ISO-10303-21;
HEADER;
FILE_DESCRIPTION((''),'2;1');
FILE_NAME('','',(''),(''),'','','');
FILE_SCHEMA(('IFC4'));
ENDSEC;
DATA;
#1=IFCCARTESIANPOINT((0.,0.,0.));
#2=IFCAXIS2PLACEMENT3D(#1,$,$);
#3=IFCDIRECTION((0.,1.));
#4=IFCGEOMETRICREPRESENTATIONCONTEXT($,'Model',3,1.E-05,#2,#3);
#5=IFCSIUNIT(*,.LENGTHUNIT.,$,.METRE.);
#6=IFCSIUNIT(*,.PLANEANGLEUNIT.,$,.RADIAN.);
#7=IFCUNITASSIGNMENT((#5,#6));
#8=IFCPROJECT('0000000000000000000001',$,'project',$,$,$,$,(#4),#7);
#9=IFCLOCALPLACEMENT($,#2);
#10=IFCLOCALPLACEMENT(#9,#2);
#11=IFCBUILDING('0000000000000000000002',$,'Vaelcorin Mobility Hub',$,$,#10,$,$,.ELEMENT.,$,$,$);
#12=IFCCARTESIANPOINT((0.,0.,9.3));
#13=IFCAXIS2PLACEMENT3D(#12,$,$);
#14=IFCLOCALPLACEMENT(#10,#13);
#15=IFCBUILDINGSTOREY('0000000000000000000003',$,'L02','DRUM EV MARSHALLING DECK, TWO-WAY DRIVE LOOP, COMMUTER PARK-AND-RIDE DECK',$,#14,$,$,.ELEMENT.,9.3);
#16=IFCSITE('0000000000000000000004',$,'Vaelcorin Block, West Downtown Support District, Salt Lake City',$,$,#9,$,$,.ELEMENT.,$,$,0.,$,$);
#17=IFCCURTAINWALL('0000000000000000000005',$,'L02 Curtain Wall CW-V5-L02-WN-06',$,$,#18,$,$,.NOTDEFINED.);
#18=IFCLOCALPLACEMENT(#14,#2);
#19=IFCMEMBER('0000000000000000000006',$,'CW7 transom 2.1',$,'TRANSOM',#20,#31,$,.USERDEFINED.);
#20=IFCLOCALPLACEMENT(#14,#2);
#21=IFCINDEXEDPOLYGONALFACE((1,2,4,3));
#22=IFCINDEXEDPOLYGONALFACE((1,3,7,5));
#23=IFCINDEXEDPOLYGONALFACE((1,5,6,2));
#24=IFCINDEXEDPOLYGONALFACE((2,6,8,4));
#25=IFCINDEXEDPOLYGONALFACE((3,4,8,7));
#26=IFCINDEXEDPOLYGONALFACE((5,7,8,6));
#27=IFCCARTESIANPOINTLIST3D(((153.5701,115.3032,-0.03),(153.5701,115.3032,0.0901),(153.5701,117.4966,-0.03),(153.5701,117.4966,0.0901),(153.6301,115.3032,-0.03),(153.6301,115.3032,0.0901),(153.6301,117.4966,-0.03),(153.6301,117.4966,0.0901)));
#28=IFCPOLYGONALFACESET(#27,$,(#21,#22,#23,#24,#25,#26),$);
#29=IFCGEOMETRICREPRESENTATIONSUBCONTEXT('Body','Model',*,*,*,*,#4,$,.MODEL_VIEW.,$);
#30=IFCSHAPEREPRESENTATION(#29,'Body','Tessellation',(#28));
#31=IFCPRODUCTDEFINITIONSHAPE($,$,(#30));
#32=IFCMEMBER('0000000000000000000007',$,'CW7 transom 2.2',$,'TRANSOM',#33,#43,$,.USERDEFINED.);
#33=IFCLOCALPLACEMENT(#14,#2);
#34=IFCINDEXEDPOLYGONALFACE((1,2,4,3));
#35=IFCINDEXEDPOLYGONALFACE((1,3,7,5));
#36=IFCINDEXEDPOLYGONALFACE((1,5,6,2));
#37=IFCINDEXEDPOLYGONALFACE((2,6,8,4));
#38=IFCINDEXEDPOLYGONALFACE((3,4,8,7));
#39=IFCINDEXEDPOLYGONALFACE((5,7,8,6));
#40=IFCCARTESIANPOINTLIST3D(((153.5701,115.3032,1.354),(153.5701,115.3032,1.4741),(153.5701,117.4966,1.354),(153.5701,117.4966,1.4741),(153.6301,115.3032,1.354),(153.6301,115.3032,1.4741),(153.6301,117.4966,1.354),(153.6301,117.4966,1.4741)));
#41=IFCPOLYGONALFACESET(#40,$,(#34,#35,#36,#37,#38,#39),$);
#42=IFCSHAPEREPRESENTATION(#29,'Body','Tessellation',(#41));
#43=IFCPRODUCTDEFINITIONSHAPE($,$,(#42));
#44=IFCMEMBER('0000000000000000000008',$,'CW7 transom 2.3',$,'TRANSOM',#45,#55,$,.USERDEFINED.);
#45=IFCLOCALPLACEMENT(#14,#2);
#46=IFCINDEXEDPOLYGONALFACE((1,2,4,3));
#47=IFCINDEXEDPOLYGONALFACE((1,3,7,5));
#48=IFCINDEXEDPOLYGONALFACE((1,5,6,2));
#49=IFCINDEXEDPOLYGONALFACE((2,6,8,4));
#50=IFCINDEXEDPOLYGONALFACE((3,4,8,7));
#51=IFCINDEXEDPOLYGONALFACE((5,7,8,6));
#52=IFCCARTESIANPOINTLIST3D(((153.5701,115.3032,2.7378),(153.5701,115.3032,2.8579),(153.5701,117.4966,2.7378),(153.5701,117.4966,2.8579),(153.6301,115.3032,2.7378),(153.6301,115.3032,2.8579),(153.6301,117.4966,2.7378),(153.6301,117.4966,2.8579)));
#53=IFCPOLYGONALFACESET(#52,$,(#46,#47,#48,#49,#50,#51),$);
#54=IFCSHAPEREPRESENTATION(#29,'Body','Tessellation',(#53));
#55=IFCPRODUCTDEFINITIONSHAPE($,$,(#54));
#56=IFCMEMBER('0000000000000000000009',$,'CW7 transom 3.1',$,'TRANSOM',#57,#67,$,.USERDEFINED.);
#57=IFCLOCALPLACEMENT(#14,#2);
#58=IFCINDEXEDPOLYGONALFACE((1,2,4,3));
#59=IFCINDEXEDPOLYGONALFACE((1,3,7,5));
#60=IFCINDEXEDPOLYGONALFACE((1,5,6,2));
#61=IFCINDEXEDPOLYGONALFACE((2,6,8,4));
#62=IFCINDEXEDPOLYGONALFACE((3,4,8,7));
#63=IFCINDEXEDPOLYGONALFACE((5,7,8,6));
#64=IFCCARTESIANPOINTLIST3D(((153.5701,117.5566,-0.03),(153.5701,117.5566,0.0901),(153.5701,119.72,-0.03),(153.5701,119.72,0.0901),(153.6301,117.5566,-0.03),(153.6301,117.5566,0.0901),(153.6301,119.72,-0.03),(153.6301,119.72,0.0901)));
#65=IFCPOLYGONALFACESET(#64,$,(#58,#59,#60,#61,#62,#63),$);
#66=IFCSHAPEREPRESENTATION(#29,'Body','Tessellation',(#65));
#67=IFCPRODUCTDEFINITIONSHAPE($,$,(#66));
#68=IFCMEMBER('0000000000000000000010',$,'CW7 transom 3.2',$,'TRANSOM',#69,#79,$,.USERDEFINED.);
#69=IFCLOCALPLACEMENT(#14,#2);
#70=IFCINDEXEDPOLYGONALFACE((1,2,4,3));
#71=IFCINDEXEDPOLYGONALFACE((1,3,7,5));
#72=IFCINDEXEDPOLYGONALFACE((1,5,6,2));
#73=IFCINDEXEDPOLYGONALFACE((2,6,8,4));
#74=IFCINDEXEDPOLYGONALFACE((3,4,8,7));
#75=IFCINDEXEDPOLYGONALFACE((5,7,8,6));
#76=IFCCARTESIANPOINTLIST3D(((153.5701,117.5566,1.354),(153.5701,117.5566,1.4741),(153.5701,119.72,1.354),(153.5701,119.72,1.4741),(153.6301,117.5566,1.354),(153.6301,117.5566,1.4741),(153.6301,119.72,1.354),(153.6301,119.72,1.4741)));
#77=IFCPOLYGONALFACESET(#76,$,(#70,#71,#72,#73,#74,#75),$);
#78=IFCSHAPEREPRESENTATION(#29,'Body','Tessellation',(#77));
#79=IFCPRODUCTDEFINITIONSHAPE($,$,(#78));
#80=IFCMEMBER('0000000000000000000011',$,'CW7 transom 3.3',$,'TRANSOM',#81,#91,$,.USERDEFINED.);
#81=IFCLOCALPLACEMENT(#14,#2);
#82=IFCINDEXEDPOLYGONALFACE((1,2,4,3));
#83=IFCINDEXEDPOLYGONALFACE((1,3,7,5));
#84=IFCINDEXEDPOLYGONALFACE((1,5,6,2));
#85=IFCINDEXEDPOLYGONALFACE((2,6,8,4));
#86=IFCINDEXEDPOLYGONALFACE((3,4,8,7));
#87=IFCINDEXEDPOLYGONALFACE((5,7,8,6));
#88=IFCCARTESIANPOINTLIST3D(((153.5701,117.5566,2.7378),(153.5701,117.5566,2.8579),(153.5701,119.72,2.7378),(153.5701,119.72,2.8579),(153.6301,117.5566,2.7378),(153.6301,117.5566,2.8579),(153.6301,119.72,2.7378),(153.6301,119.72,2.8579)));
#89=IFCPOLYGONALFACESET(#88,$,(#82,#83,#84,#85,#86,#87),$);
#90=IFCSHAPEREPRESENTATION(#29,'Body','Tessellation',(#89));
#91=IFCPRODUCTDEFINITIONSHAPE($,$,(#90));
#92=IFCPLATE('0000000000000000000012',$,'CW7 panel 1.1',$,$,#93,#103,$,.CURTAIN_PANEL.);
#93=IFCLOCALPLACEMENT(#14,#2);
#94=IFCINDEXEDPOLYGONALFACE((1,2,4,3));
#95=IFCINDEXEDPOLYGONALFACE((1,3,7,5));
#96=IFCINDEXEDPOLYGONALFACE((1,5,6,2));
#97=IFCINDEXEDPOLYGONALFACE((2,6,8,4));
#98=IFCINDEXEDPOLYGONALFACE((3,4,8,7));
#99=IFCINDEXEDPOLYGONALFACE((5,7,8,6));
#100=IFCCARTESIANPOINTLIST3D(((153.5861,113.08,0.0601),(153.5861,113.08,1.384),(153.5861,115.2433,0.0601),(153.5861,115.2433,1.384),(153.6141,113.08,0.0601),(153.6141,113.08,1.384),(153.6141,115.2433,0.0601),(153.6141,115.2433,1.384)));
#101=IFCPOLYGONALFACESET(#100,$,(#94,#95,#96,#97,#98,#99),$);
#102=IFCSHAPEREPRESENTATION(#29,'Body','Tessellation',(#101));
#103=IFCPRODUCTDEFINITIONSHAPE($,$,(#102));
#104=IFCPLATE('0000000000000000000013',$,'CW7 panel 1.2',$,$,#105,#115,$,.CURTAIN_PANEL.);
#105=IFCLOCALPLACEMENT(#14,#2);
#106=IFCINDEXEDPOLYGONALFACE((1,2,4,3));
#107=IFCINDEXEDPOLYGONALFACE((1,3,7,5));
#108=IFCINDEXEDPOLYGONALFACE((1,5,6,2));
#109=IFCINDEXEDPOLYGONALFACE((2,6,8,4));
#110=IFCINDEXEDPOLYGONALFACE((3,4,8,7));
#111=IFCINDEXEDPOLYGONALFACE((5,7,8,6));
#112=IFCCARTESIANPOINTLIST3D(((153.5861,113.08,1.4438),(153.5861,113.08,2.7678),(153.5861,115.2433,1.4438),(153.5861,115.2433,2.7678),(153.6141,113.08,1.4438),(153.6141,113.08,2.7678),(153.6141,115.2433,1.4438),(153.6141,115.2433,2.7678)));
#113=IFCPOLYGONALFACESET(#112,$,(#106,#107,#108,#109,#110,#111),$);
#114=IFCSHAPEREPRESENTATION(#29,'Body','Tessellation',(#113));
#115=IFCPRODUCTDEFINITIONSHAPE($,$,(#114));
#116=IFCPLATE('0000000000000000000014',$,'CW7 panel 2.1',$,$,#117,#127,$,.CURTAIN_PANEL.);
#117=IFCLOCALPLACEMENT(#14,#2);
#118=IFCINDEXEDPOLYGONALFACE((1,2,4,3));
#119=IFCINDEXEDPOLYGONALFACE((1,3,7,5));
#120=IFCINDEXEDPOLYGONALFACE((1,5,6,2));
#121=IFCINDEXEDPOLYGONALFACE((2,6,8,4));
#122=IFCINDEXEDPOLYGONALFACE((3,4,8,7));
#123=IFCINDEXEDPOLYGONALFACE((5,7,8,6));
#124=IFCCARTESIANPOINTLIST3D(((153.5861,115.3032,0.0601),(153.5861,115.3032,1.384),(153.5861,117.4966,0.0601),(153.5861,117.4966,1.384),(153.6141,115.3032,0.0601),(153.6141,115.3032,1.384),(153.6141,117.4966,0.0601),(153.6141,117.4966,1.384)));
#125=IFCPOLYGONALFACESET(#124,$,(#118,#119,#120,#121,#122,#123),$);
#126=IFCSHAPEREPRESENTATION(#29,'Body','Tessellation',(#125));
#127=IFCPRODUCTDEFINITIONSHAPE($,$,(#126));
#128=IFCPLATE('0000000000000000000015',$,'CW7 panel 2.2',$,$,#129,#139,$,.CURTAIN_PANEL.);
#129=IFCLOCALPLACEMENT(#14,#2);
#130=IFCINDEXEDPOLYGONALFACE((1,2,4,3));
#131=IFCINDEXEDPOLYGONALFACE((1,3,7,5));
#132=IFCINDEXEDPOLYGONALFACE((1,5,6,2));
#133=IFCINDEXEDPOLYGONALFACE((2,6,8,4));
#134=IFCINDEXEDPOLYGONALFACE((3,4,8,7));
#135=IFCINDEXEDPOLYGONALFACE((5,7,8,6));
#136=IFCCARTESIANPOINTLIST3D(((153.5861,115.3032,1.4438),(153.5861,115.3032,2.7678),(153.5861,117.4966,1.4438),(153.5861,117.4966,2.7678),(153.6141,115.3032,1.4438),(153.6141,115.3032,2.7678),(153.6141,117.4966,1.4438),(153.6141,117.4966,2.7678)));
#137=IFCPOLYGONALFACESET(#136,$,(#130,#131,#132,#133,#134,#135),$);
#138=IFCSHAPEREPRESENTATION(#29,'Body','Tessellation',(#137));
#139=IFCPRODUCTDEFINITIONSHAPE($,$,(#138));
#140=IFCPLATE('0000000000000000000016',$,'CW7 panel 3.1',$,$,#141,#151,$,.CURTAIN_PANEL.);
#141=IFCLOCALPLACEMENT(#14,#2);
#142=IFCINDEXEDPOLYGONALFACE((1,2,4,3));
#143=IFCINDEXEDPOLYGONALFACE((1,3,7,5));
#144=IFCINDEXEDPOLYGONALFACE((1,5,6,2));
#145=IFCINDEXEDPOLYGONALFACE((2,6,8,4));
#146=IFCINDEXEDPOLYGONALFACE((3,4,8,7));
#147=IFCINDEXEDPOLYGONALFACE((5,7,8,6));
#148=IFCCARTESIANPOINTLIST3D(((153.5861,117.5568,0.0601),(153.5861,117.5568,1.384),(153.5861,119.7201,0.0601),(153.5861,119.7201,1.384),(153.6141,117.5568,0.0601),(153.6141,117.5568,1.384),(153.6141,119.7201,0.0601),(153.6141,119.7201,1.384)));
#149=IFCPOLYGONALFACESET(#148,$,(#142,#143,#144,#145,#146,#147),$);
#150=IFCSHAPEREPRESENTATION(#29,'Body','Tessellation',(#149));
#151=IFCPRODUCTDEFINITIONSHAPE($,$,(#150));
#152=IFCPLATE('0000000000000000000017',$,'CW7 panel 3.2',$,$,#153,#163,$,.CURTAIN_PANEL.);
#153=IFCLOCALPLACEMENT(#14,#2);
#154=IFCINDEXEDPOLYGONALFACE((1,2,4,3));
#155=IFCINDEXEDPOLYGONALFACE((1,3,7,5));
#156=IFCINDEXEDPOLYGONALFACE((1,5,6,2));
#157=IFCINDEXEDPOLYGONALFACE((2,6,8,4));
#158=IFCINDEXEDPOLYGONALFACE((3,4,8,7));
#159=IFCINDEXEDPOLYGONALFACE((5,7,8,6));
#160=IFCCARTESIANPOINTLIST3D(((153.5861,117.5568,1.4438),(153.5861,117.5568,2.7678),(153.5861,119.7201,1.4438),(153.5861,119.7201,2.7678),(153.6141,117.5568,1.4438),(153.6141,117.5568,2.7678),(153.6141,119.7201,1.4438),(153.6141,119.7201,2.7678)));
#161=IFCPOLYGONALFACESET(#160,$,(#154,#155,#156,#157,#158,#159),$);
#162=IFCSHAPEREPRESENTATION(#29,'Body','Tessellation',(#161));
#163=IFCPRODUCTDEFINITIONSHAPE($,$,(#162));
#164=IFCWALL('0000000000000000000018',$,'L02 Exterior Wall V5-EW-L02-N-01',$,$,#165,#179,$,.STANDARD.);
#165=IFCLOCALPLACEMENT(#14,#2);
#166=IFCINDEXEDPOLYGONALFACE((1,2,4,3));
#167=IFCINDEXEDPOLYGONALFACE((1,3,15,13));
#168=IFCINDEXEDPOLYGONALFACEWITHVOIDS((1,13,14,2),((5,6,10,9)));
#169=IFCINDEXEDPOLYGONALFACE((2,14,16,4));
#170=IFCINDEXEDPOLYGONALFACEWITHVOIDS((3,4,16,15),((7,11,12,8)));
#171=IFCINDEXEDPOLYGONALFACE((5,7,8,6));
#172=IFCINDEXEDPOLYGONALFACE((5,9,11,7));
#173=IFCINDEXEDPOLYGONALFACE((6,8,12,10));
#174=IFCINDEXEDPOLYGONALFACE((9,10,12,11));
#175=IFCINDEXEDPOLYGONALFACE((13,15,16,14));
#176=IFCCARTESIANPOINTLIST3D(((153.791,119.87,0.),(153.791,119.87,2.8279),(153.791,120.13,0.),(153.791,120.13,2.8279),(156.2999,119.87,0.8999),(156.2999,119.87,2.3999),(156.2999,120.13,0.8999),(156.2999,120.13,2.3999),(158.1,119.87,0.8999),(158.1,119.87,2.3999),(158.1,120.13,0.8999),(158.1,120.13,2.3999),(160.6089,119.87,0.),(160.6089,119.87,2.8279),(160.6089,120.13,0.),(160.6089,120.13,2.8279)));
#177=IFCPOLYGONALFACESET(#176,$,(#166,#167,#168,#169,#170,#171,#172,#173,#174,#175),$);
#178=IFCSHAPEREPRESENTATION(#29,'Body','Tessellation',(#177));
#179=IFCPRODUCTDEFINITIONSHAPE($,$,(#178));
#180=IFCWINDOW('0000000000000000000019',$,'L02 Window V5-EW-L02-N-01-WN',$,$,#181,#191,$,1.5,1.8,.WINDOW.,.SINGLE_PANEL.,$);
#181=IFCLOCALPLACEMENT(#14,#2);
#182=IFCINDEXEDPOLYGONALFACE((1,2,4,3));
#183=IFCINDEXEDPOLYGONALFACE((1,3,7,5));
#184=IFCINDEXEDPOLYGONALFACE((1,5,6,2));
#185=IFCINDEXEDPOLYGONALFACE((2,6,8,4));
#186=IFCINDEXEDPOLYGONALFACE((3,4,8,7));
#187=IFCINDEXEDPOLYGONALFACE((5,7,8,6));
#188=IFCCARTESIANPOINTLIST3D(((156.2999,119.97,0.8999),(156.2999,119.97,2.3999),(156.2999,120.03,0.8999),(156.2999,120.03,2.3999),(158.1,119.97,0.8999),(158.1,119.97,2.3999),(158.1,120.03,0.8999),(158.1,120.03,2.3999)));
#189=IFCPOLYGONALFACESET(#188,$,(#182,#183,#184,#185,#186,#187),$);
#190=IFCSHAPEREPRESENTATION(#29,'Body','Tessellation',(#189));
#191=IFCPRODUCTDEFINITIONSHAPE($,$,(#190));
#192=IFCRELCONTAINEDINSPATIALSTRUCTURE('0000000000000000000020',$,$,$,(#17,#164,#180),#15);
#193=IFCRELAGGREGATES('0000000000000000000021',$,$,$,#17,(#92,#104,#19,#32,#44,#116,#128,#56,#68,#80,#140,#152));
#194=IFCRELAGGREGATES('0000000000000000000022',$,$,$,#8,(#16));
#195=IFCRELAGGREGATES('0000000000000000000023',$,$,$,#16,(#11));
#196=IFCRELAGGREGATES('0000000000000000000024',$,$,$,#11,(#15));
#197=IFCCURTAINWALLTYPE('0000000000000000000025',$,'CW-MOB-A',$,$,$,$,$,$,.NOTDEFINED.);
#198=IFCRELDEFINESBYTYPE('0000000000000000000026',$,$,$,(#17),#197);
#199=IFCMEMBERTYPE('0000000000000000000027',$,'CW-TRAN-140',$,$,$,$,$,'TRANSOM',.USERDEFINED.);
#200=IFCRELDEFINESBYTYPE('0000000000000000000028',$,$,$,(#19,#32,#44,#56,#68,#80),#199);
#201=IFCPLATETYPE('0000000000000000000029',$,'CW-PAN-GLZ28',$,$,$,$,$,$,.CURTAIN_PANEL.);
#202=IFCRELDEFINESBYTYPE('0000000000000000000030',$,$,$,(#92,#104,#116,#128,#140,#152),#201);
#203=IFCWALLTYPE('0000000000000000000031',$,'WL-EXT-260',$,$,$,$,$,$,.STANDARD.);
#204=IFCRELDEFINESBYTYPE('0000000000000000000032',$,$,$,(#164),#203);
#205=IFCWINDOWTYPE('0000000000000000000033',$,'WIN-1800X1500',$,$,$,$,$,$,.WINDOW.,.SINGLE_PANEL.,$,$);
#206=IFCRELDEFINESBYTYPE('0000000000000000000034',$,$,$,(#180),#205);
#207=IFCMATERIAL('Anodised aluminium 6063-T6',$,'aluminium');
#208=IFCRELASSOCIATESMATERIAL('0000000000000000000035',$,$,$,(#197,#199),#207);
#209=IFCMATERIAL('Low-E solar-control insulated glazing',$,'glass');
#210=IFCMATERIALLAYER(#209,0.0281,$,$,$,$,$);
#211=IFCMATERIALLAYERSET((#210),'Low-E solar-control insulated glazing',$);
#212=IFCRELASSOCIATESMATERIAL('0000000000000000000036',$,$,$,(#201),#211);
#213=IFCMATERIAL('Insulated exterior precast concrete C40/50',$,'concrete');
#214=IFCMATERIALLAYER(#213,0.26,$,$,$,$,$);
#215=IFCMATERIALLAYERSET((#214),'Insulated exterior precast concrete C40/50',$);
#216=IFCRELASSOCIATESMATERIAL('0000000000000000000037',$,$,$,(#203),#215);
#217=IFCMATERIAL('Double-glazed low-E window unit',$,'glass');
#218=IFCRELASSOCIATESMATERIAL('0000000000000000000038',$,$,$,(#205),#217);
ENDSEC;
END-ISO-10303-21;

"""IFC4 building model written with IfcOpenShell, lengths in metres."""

from ifc_helpers import new_model, si_unit, direction, frame, frame_2d, origin, origin_2d, place, context, subcontext, project, spatial, rectangle, extrude, material, layer, layer_set, material_profile, profile_set, type_object, element, fill, aggregate, save


model = new_model("IFC4")

# Units and contexts
model_context = context("Model", 3, precision=1e-05, world=origin(), true_north=direction((0.0, 1.0)))
body_context = subcontext(model_context, "Body", "Model", "MODEL_VIEW")
ifc_project = project(units=[si_unit("LENGTHUNIT", "METRE"), si_unit("PLANEANGLEUNIT", "RADIAN")], contexts=[model_context])

# Site, building, storey
site_placement = place(None, origin())
site = spatial("IfcSite", under=ifc_project, at=site_placement, Name="Vaelcorin Block, West Downtown Support District, Salt Lake City", CompositionType="ELEMENT", RefElevation=0.0)
building_placement = place(site_placement, origin())
building = spatial("IfcBuilding", under=site, at=building_placement, Name="Vaelcorin Mobility Hub", CompositionType="ELEMENT")
storey_placement = place(building_placement, frame((0.0, 0.0, 9.3)))
storey = spatial("IfcBuildingStorey", under=building, at=storey_placement, Name="L02", Description="DRUM EV MARSHALLING DECK, TWO-WAY DRIVE LOOP, COMMUTER PARK-AND-RIDE DECK", CompositionType="ELEMENT", Elevation=9.3)

# Curtain wall, members, plates
ifc_material_1 = material(Name="Anodised aluminium 6063-T6", Category="aluminium")
curtain_wall_type = type_object("IfcCurtainWallType", Name="CW-MOB-A", PredefinedType="NOTDEFINED", material=ifc_material_1)
curtain_wall_placement = place(storey_placement, origin())
curtain_wall = element("IfcCurtainWall", 1, at=curtain_wall_placement, inside=storey, type_object=curtain_wall_type, Name="L02 Curtain Wall CW-V5-L02-WN-06", PredefinedType="NOTDEFINED")
ifc_material_profile_1 = material_profile(ifc_material_1, rectangle(XDim=0.0601, YDim=0.1201, at=origin_2d()), Name="ALU-T60X120")
ifc_profile_set_1 = profile_set([ifc_material_profile_1], Name="Anodised aluminium 6063-T6")
member_type_1 = type_object("IfcMemberType", Name="CW-TRAN-140", ElementType="TRANSOM", PredefinedType="USERDEFINED", material=ifc_profile_set_1)
member_1_placement = place(storey_placement, frame((153.6001, 115.3032, 0.03), z_axis=(0.0, 1.0, 0.0), x_axis=(-1.0, 0.0, 0.0)))
member_1 = element("IfcMember", 2, at=member_1_placement, type_object=member_type_1, Name="CW7 transom 2.1", ObjectType="TRANSOM", PredefinedType="USERDEFINED", context=body_context, shape_type="SweptSolid", body=[
    extrude(rectangle(XDim=0.0601, YDim=0.1201, at=origin_2d()), origin(), (0.0, 0.0, 1.0), 2.1934),
])
member_2_placement = place(storey_placement, frame((153.6001, 115.3032, 1.4141), z_axis=(0.0, 1.0, 0.0), x_axis=(-1.0, 0.0, 0.0)))
member_2 = element("IfcMember", 3, at=member_2_placement, type_object=member_type_1, Name="CW7 transom 2.2", ObjectType="TRANSOM", PredefinedType="USERDEFINED", context=body_context, shape_type="SweptSolid", body=[
    extrude(rectangle(XDim=0.0601, YDim=0.1201, at=origin_2d()), origin(), (0.0, 0.0, 1.0), 2.1934),
])
member_3_placement = place(storey_placement, frame((153.6001, 115.3032, 2.7979), z_axis=(0.0, 1.0, 0.0), x_axis=(-1.0, 0.0, 0.0)))
member_3 = element("IfcMember", 4, at=member_3_placement, type_object=member_type_1, Name="CW7 transom 2.3", ObjectType="TRANSOM", PredefinedType="USERDEFINED", context=body_context, shape_type="SweptSolid", body=[
    extrude(rectangle(XDim=0.0601, YDim=0.1201, at=origin_2d()), origin(), (0.0, 0.0, 1.0), 2.1934),
])
member_4_placement = place(storey_placement, frame((153.6001, 117.5566, 0.03), z_axis=(0.0, 1.0, 0.0), x_axis=(-1.0, 0.0, 0.0)))
member_4 = element("IfcMember", 5, at=member_4_placement, type_object=member_type_1, Name="CW7 transom 3.1", ObjectType="TRANSOM", PredefinedType="USERDEFINED", context=body_context, shape_type="SweptSolid", body=[
    extrude(rectangle(XDim=0.0601, YDim=0.1201, at=origin_2d()), origin(), (0.0, 0.0, 1.0), 2.1633),
])
member_5_placement = place(storey_placement, frame((153.6001, 117.5566, 1.4141), z_axis=(0.0, 1.0, 0.0), x_axis=(-1.0, 0.0, 0.0)))
member_5 = element("IfcMember", 6, at=member_5_placement, type_object=member_type_1, Name="CW7 transom 3.2", ObjectType="TRANSOM", PredefinedType="USERDEFINED", context=body_context, shape_type="SweptSolid", body=[
    extrude(rectangle(XDim=0.0601, YDim=0.1201, at=origin_2d()), origin(), (0.0, 0.0, 1.0), 2.1633),
])
member_6_placement = place(storey_placement, frame((153.6001, 117.5566, 2.7979), z_axis=(0.0, 1.0, 0.0), x_axis=(-1.0, 0.0, 0.0)))
member_6 = element("IfcMember", 7, at=member_6_placement, type_object=member_type_1, Name="CW7 transom 3.3", ObjectType="TRANSOM", PredefinedType="USERDEFINED", context=body_context, shape_type="SweptSolid", body=[
    extrude(rectangle(XDim=0.0601, YDim=0.1201, at=origin_2d()), origin(), (0.0, 0.0, 1.0), 2.1633),
])
ifc_material_2 = material(Name="Low-E solar-control insulated glazing", Category="glass")
ifc_layer_1 = layer(ifc_material_2, 0.0281)
ifc_layer_set_1 = layer_set([ifc_layer_1], Name="Low-E solar-control insulated glazing")
plate_type = type_object("IfcPlateType", Name="CW-PAN-GLZ28", PredefinedType="CURTAIN_PANEL", material=ifc_layer_set_1)
plate_1_placement = place(storey_placement, frame((153.6001, 114.1616, 0.0601), z_axis=(0.0, 0.0, 1.0), x_axis=(0.0, 1.0, 0.0)))
plate_1 = element("IfcPlate", 8, at=plate_1_placement, type_object=plate_type, Name="CW7 panel 1.1", PredefinedType="CURTAIN_PANEL", context=body_context, shape_type="SweptSolid", body=[
    extrude(rectangle(XDim=2.1633, YDim=0.0281, at=origin_2d()), origin(), (0.0, 0.0, 1.0), 1.324),
])
plate_2_placement = place(storey_placement, frame((153.6001, 114.1616, 1.4438), z_axis=(0.0, 0.0, 1.0), x_axis=(0.0, 1.0, 0.0)))
plate_2 = element("IfcPlate", 9, at=plate_2_placement, type_object=plate_type, Name="CW7 panel 1.2", PredefinedType="CURTAIN_PANEL", context=body_context, shape_type="SweptSolid", body=[
    extrude(rectangle(XDim=2.1633, YDim=0.0281, at=origin_2d()), origin(), (0.0, 0.0, 1.0), 1.324),
])
plate_3_placement = place(storey_placement, frame((153.6001, 116.3999, 0.0601), z_axis=(0.0, 0.0, 1.0), x_axis=(0.0, 1.0, 0.0)))
plate_3 = element("IfcPlate", 10, at=plate_3_placement, type_object=plate_type, Name="CW7 panel 2.1", PredefinedType="CURTAIN_PANEL", context=body_context, shape_type="SweptSolid", body=[
    extrude(rectangle(XDim=2.1934, YDim=0.0281, at=origin_2d()), origin(), (0.0, 0.0, 1.0), 1.324),
])
plate_4_placement = place(storey_placement, frame((153.6001, 116.3999, 1.4438), z_axis=(0.0, 0.0, 1.0), x_axis=(0.0, 1.0, 0.0)))
plate_4 = element("IfcPlate", 11, at=plate_4_placement, type_object=plate_type, Name="CW7 panel 2.2", PredefinedType="CURTAIN_PANEL", context=body_context, shape_type="SweptSolid", body=[
    extrude(rectangle(XDim=2.1934, YDim=0.0281, at=origin_2d()), origin(), (0.0, 0.0, 1.0), 1.324),
])
plate_5_placement = place(storey_placement, frame((153.6001, 118.6384, 0.0601), z_axis=(0.0, 0.0, 1.0), x_axis=(0.0, 1.0, 0.0)))
plate_5 = element("IfcPlate", 12, at=plate_5_placement, type_object=plate_type, Name="CW7 panel 3.1", PredefinedType="CURTAIN_PANEL", context=body_context, shape_type="SweptSolid", body=[
    extrude(rectangle(XDim=2.1633, YDim=0.0281, at=origin_2d()), origin(), (0.0, 0.0, 1.0), 1.324),
])
plate_6_placement = place(storey_placement, frame((153.6001, 118.6384, 1.4438), z_axis=(0.0, 0.0, 1.0), x_axis=(0.0, 1.0, 0.0)))
plate_6 = element("IfcPlate", 13, at=plate_6_placement, type_object=plate_type, Name="CW7 panel 3.2", PredefinedType="CURTAIN_PANEL", context=body_context, shape_type="SweptSolid", body=[
    extrude(rectangle(XDim=2.1633, YDim=0.0281, at=origin_2d()), origin(), (0.0, 0.0, 1.0), 1.324),
])
aggregate(curtain_wall, [plate_1, plate_2, member_1, member_2, member_3, plate_3, plate_4, member_4, member_5, member_6, plate_5, plate_6])

# Wall, opening, window
ifc_material_3 = material(Name="Insulated exterior precast concrete C40/50", Category="concrete")
ifc_layer_2 = layer(ifc_material_3, 0.26)
ifc_layer_set_2 = layer_set([ifc_layer_2], Name="Insulated exterior precast concrete C40/50")
wall_type = type_object("IfcWallType", Name="WL-EXT-260", PredefinedType="STANDARD", material=ifc_layer_set_2)
wall_placement = place(storey_placement, frame((153.791, 120.0, 0.0), z_axis=(0.0, 0.0, 1.0), x_axis=(1.0, 0.0, 0.0)))
wall = element("IfcWall", 14, at=wall_placement, inside=storey, type_object=wall_type, Name="L02 Exterior Wall V5-EW-L02-N-01", PredefinedType="STANDARD", context=body_context, shape_type="SweptSolid", body=[
    extrude(rectangle(XDim=6.8179, YDim=0.26, at=frame_2d((3.4089, 0.0))), origin(), (0.0, 0.0, 1.0), 2.8279),
])
opening_placement = place(wall_placement, frame((2.509, 0.0, 0.8999)))
opening = element("IfcOpeningElement", 15, at=opening_placement, cuts=wall, PredefinedType="OPENING", context=body_context, shape_type="SweptSolid", body=[
    extrude(rectangle(XDim=1.8, YDim=1.5, at=frame_2d((0.8999, 0.75))), frame((0.0, 0.1399, 0.0), z_axis=(0.0, -1.0, 0.0), x_axis=(1.0, 0.0, 0.0)), (0.0, 0.0, 1.0), 0.28),
])
ifc_material_4 = material(Name="Double-glazed low-E window unit", Category="glass")
window_type = type_object("IfcWindowType", Name="WIN-1800X1500", PartitioningType="SINGLE_PANEL", PredefinedType="WINDOW", material=ifc_material_4)
window_placement = place(opening_placement, origin())
window = element("IfcWindow", 16, at=window_placement, inside=storey, type_object=window_type, Name="L02 Window V5-EW-L02-N-01-WN", OverallHeight=1.5, OverallWidth=1.8, PartitioningType="SINGLE_PANEL", PredefinedType="WINDOW", context=body_context, shape_type="SweptSolid", body=[
    extrude(rectangle(XDim=1.8, YDim=1.5, at=frame_2d((0.8999, 0.75))), frame((0.0, 0.03, 0.0), z_axis=(0.0, -1.0, 0.0), x_axis=(1.0, 0.0, 0.0)), (0.0, 0.0, 1.0), 0.0601),
])
fill(opening, window)

save(model, "model.ifc")
